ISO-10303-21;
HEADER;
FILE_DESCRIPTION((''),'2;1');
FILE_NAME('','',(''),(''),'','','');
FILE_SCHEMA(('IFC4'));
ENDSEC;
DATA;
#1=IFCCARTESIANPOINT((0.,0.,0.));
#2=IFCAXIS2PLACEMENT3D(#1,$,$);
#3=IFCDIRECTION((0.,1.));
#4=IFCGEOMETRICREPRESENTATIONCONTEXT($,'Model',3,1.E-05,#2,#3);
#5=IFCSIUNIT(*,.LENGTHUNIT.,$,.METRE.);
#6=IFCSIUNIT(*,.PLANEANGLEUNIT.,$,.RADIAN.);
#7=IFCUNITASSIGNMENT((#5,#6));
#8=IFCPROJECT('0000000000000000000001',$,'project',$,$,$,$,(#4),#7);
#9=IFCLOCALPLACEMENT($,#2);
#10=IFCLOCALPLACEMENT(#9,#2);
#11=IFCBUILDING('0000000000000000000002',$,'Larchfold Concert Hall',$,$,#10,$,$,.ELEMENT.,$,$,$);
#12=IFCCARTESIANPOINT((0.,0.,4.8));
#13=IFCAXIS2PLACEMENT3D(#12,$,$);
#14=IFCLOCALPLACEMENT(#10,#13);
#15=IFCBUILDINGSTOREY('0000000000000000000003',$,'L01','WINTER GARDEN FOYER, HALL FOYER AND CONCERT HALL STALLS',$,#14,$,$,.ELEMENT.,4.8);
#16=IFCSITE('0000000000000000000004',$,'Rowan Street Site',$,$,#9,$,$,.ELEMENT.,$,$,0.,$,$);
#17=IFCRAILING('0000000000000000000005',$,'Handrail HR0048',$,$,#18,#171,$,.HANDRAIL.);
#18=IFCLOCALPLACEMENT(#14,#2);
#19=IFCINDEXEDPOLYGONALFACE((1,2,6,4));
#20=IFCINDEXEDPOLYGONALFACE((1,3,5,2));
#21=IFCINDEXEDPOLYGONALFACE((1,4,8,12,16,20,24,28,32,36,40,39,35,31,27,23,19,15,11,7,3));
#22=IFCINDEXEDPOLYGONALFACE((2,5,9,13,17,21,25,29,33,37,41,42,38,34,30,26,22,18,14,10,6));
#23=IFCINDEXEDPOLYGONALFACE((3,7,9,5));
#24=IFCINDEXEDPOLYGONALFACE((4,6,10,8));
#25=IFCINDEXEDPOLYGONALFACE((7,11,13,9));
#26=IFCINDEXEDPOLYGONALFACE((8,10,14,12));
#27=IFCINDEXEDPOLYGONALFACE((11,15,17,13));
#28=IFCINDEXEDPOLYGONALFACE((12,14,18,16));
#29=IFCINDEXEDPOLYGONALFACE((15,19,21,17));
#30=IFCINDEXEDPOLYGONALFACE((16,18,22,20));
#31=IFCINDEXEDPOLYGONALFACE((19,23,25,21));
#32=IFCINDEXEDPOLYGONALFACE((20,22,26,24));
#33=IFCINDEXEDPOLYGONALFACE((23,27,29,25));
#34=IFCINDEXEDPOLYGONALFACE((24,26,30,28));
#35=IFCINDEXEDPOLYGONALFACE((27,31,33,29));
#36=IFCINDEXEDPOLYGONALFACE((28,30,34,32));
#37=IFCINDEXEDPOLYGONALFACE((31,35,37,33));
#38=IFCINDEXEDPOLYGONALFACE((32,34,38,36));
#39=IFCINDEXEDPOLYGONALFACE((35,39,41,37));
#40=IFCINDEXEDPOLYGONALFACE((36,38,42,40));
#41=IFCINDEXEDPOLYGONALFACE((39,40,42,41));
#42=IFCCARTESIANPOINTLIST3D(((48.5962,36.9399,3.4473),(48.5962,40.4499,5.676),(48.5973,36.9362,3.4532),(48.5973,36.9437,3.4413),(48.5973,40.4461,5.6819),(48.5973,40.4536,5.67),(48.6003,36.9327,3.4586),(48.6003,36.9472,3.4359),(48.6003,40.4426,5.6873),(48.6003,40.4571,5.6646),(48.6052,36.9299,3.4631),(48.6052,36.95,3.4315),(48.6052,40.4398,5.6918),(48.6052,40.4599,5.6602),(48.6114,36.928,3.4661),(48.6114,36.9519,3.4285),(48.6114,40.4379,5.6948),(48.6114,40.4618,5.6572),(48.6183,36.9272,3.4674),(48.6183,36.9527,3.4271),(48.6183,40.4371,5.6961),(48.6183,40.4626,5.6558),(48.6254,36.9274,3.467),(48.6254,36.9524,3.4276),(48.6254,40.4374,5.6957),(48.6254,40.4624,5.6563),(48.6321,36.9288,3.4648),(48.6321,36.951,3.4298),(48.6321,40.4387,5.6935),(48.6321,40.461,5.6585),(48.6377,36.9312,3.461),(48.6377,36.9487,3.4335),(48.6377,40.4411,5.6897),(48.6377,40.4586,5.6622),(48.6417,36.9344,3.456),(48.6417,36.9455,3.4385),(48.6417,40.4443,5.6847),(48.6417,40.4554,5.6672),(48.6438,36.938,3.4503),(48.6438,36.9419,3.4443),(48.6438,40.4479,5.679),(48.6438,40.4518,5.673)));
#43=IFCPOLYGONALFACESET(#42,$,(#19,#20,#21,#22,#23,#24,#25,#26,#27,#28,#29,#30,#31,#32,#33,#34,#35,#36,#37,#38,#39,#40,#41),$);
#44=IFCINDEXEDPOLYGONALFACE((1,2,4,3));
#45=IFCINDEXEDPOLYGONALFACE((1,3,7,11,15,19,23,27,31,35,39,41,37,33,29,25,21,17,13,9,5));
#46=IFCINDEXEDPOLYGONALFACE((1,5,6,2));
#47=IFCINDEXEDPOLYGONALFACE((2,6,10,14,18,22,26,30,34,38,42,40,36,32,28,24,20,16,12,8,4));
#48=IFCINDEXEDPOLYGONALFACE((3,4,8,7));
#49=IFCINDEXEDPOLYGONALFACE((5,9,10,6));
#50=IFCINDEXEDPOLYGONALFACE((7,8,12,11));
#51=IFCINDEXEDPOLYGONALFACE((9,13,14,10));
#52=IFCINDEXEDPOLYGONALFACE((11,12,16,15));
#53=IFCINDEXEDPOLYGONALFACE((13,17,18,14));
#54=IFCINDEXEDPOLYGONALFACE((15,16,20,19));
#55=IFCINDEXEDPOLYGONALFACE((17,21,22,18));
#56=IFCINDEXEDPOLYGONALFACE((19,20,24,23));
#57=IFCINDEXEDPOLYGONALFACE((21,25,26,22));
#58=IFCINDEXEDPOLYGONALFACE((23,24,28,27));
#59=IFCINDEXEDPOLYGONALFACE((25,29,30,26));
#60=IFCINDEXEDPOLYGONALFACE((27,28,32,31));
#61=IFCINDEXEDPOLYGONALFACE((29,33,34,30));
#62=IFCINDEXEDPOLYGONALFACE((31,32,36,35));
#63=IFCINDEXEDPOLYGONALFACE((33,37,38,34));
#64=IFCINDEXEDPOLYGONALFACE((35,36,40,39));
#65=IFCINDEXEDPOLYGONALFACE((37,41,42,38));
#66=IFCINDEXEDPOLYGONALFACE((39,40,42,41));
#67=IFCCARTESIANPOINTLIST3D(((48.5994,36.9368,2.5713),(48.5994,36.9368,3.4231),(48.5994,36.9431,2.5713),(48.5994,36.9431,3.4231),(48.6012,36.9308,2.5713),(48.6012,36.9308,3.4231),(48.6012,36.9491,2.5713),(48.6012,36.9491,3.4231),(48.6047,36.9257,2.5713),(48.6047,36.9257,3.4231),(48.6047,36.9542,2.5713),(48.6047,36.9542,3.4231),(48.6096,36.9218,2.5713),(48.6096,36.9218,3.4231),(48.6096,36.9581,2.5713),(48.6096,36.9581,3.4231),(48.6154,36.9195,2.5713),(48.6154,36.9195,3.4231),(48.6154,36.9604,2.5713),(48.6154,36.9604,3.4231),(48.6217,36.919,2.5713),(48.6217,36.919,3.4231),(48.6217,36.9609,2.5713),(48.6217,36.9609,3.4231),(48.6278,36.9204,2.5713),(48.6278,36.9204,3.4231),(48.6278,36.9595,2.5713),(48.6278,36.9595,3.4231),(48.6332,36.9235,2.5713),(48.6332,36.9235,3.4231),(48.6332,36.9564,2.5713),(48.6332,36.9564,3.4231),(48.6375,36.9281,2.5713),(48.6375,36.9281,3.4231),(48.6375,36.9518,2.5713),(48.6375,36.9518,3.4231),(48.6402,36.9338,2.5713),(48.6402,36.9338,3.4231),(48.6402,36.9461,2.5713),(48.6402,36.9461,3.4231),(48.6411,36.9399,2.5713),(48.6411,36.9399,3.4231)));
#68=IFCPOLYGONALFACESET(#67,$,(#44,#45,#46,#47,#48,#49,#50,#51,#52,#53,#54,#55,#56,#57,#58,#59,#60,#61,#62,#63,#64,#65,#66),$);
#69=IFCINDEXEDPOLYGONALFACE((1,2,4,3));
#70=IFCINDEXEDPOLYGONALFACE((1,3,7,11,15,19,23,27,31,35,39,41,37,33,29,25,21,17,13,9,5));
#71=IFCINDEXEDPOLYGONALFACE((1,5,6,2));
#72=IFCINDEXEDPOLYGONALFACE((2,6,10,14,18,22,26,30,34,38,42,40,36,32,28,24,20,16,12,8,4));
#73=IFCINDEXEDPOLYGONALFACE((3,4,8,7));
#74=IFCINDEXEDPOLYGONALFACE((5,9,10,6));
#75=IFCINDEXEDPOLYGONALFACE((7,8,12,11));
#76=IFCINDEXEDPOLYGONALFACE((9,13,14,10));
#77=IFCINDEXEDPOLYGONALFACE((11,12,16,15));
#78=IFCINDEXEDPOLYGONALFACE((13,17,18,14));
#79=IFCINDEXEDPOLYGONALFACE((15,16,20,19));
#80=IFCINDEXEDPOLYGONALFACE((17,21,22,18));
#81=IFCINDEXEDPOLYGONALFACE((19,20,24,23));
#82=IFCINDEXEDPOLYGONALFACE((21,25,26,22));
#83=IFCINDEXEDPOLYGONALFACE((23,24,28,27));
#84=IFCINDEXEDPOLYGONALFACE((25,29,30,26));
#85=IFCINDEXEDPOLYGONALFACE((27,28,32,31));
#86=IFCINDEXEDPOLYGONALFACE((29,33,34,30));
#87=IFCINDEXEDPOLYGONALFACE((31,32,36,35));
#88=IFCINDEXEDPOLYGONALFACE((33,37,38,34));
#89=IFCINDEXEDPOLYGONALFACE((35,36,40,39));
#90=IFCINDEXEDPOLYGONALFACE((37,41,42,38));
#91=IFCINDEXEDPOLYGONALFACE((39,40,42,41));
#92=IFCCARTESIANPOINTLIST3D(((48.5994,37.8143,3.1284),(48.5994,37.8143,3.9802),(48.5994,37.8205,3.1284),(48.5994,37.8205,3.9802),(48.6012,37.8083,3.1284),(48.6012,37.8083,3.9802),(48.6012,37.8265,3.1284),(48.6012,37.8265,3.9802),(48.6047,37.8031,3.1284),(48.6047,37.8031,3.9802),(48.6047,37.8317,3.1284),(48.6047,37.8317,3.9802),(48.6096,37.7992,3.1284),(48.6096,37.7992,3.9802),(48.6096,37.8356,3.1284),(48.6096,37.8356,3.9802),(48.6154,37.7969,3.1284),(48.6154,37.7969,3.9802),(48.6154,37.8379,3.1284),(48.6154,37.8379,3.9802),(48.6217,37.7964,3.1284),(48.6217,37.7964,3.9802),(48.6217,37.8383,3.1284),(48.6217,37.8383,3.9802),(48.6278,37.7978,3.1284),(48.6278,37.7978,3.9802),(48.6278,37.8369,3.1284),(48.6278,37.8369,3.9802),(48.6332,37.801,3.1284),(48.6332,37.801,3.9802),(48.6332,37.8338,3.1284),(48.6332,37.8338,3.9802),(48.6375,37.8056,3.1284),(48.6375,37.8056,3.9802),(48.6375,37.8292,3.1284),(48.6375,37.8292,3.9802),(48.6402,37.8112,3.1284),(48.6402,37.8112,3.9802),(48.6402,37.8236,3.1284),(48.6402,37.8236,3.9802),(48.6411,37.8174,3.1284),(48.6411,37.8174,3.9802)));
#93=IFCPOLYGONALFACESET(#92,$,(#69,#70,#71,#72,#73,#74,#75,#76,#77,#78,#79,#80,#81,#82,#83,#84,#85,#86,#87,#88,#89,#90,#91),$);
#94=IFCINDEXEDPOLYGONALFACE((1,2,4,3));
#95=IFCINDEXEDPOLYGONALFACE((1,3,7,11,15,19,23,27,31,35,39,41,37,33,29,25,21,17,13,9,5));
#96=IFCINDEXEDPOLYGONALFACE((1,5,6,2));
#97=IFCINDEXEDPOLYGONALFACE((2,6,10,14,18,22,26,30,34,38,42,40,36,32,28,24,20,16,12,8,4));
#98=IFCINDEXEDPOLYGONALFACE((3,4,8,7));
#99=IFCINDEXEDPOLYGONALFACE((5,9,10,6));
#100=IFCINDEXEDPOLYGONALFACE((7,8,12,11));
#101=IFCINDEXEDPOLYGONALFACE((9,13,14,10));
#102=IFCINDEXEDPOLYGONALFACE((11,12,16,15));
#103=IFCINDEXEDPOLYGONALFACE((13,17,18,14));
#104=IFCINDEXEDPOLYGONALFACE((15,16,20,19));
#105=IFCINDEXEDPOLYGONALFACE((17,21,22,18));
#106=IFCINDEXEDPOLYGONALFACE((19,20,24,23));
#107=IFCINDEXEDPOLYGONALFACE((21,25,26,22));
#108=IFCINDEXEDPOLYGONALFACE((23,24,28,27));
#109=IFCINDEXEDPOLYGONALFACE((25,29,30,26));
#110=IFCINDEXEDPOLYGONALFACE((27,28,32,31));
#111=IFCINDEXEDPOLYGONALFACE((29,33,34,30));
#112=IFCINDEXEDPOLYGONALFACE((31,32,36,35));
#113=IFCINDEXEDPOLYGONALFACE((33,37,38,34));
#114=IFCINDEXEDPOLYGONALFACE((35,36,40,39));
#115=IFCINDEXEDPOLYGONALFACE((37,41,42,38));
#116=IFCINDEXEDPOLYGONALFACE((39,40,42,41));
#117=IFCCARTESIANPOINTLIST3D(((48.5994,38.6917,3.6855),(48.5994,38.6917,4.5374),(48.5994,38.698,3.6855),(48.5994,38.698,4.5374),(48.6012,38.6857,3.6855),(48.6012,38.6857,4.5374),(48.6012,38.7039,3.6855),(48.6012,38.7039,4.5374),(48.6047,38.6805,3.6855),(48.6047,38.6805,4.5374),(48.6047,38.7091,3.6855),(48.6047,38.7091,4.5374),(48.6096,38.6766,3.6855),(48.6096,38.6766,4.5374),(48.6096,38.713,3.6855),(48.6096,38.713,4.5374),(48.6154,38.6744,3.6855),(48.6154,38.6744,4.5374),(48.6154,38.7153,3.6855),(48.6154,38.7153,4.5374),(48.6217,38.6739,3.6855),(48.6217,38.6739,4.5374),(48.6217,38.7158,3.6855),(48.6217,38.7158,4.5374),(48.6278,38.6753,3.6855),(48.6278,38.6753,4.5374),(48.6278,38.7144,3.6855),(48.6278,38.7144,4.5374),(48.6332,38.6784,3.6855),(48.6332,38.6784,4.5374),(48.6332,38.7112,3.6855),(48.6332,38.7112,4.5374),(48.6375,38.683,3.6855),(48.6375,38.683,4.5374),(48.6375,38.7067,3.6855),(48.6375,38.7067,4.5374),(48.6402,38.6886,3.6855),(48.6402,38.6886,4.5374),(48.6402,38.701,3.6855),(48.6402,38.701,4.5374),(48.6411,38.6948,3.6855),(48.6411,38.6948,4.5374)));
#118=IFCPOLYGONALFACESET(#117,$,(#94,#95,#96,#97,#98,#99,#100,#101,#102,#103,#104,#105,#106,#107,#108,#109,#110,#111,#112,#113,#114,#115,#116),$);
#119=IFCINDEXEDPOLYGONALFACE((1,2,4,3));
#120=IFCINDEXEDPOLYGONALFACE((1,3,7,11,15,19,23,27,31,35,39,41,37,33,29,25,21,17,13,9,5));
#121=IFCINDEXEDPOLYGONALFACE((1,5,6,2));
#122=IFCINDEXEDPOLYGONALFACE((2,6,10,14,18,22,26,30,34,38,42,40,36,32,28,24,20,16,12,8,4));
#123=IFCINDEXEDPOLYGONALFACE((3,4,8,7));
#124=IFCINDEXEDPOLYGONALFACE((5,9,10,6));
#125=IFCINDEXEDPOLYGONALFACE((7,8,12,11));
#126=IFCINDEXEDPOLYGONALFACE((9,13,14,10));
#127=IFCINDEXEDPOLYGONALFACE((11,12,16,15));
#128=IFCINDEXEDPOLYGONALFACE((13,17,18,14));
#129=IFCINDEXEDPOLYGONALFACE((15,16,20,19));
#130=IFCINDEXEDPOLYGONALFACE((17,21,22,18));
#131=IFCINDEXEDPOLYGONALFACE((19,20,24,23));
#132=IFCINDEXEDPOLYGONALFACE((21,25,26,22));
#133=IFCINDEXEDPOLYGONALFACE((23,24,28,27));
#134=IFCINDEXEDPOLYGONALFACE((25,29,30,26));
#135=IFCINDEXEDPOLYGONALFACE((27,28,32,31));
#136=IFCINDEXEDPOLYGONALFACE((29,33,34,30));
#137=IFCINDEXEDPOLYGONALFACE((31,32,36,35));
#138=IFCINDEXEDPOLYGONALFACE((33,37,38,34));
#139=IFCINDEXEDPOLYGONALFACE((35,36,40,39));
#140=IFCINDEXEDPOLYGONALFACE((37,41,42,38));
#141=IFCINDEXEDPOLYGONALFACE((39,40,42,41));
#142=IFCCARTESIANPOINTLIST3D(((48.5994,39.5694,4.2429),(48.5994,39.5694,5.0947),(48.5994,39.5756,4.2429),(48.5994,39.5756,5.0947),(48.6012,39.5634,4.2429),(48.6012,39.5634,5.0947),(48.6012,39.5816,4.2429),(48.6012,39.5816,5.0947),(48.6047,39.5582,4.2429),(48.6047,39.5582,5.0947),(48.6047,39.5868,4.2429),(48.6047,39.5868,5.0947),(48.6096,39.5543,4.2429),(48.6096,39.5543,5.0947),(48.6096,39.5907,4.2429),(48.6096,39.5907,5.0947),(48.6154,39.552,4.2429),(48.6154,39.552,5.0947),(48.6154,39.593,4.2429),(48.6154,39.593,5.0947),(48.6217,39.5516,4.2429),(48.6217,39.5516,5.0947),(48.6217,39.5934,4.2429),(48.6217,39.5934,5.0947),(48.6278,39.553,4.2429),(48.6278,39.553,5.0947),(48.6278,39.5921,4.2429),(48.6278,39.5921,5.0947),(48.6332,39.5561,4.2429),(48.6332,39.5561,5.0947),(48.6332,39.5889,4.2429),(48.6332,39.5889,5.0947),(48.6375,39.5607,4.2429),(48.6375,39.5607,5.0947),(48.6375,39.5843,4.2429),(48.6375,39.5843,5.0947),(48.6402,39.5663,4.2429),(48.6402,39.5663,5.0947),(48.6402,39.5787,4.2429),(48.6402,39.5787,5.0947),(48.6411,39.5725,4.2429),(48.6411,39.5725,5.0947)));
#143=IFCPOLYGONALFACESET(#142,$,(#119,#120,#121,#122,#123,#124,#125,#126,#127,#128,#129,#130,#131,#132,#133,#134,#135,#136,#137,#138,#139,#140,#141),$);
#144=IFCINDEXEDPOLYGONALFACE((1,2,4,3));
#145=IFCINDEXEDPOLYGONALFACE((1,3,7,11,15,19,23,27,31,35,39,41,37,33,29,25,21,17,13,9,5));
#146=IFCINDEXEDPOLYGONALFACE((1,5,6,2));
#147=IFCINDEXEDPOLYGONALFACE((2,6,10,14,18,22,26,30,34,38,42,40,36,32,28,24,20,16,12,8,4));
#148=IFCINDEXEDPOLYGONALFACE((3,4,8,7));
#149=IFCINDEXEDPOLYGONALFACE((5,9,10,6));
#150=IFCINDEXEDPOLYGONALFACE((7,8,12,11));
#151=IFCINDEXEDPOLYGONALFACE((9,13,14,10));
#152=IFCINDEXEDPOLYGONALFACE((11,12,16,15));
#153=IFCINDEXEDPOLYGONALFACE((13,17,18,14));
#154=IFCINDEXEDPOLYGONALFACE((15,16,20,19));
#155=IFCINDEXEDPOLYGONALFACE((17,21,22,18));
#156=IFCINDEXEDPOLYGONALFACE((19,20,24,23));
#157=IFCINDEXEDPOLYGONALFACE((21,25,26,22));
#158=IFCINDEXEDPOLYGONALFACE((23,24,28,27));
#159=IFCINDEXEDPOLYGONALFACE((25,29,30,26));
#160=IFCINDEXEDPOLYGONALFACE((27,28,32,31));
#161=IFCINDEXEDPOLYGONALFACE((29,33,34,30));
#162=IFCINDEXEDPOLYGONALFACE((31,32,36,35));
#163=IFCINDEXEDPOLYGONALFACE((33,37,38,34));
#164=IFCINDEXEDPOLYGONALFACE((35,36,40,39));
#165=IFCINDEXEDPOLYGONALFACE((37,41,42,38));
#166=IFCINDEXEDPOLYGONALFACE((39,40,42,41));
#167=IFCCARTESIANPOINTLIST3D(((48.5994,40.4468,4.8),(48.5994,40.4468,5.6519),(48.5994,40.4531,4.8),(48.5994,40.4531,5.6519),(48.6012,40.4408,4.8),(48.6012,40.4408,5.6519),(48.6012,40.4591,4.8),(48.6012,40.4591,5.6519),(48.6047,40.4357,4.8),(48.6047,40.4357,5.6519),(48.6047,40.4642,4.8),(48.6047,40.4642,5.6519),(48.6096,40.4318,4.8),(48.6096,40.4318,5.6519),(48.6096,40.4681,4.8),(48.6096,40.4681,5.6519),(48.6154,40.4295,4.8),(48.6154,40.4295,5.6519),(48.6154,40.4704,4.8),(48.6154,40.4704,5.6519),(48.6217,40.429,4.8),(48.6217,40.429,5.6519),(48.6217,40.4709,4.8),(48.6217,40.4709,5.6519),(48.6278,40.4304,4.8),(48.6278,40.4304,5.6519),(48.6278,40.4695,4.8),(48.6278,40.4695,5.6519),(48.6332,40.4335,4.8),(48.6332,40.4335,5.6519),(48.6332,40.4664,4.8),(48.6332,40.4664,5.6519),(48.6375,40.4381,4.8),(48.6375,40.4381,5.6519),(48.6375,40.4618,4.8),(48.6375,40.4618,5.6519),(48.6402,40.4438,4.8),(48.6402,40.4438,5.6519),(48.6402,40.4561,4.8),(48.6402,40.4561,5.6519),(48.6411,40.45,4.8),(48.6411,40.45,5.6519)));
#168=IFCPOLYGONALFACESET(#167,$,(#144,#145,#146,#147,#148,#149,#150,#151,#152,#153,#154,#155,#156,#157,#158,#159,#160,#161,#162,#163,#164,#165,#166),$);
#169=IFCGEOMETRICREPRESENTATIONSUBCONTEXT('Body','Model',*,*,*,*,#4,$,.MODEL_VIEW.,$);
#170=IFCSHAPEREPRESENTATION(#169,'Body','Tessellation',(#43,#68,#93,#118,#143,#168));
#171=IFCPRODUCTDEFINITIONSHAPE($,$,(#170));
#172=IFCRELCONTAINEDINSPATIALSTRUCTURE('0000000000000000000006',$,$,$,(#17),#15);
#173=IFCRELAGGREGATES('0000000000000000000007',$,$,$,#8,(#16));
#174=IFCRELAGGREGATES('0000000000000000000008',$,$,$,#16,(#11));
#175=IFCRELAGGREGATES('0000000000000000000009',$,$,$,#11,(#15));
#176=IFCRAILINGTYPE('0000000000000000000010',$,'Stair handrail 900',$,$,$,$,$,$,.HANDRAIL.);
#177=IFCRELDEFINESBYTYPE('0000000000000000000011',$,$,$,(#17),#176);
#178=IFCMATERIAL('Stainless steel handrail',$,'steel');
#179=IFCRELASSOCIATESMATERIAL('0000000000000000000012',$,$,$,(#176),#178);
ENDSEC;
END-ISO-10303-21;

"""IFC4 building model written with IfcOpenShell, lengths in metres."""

from ifc_helpers import new_model, si_unit, direction, frame, origin, origin_2d, place, context, subcontext, project, spatial, circle, extrude, material, type_object, element, save


model = new_model("IFC4")

# Units and contexts
model_context = context("Model", 3, precision=1e-05, world=origin(), true_north=direction((0.0, 1.0)))
body_context = subcontext(model_context, "Body", "Model", "MODEL_VIEW")
ifc_project = project(units=[si_unit("LENGTHUNIT", "METRE"), si_unit("PLANEANGLEUNIT", "RADIAN")], contexts=[model_context])

# Site, building, storey
site_placement = place(None, origin())
site = spatial("IfcSite", under=ifc_project, at=site_placement, Name="Rowan Street Site", CompositionType="ELEMENT", RefElevation=0.0)
building_placement = place(site_placement, origin())
building = spatial("IfcBuilding", under=site, at=building_placement, Name="Larchfold Concert Hall", CompositionType="ELEMENT")
storey_placement = place(building_placement, frame((0.0, 0.0, 4.8)))
storey = spatial("IfcBuildingStorey", under=building, at=storey_placement, Name="L01", Description="WINTER GARDEN FOYER, HALL FOYER AND CONCERT HALL STALLS", CompositionType="ELEMENT", Elevation=4.8)

# Railing
ifc_material_1 = material(Name="Stainless steel handrail", Category="steel")
railing_type_1 = type_object("IfcRailingType", Name="Stair handrail 900", PredefinedType="HANDRAIL", material=ifc_material_1)
railing_1_placement = place(storey_placement, frame((48.6201, 36.9399, 2.5713)))
element("IfcRailing", 1, at=railing_1_placement, inside=storey, type_object=railing_type_1, Name="Handrail HR0048", PredefinedType="HANDRAIL", context=body_context, shape_type="SweptSolid", body=[
    extrude(circle(Radius=0.0239, at=origin_2d()), frame((0.0, 0.0, 0.876), z_axis=(0.0, 0.844193, 0.536039), x_axis=(-1.0, 0.0, 0.0)), (0.0, 0.0, 1.0), 4.1577),
    extrude(circle(Radius=0.021, at=origin_2d()), origin(), (0.0, 0.0, 1.0), 0.8518),
    extrude(circle(Radius=0.021, at=origin_2d()), frame((0.0, 0.8774, 0.5571)), (0.0, 0.0, 1.0), 0.8518),
    extrude(circle(Radius=0.021, at=origin_2d()), frame((0.0, 1.7549, 1.1143)), (0.0, 0.0, 1.0), 0.8518),
    extrude(circle(Radius=0.021, at=origin_2d()), frame((0.0, 2.6326, 1.6716)), (0.0, 0.0, 1.0), 0.8518),
    extrude(circle(Radius=0.021, at=origin_2d()), frame((0.0, 3.51, 2.2288)), (0.0, 0.0, 1.0), 0.8518),
])

save(model, "model.ifc")
